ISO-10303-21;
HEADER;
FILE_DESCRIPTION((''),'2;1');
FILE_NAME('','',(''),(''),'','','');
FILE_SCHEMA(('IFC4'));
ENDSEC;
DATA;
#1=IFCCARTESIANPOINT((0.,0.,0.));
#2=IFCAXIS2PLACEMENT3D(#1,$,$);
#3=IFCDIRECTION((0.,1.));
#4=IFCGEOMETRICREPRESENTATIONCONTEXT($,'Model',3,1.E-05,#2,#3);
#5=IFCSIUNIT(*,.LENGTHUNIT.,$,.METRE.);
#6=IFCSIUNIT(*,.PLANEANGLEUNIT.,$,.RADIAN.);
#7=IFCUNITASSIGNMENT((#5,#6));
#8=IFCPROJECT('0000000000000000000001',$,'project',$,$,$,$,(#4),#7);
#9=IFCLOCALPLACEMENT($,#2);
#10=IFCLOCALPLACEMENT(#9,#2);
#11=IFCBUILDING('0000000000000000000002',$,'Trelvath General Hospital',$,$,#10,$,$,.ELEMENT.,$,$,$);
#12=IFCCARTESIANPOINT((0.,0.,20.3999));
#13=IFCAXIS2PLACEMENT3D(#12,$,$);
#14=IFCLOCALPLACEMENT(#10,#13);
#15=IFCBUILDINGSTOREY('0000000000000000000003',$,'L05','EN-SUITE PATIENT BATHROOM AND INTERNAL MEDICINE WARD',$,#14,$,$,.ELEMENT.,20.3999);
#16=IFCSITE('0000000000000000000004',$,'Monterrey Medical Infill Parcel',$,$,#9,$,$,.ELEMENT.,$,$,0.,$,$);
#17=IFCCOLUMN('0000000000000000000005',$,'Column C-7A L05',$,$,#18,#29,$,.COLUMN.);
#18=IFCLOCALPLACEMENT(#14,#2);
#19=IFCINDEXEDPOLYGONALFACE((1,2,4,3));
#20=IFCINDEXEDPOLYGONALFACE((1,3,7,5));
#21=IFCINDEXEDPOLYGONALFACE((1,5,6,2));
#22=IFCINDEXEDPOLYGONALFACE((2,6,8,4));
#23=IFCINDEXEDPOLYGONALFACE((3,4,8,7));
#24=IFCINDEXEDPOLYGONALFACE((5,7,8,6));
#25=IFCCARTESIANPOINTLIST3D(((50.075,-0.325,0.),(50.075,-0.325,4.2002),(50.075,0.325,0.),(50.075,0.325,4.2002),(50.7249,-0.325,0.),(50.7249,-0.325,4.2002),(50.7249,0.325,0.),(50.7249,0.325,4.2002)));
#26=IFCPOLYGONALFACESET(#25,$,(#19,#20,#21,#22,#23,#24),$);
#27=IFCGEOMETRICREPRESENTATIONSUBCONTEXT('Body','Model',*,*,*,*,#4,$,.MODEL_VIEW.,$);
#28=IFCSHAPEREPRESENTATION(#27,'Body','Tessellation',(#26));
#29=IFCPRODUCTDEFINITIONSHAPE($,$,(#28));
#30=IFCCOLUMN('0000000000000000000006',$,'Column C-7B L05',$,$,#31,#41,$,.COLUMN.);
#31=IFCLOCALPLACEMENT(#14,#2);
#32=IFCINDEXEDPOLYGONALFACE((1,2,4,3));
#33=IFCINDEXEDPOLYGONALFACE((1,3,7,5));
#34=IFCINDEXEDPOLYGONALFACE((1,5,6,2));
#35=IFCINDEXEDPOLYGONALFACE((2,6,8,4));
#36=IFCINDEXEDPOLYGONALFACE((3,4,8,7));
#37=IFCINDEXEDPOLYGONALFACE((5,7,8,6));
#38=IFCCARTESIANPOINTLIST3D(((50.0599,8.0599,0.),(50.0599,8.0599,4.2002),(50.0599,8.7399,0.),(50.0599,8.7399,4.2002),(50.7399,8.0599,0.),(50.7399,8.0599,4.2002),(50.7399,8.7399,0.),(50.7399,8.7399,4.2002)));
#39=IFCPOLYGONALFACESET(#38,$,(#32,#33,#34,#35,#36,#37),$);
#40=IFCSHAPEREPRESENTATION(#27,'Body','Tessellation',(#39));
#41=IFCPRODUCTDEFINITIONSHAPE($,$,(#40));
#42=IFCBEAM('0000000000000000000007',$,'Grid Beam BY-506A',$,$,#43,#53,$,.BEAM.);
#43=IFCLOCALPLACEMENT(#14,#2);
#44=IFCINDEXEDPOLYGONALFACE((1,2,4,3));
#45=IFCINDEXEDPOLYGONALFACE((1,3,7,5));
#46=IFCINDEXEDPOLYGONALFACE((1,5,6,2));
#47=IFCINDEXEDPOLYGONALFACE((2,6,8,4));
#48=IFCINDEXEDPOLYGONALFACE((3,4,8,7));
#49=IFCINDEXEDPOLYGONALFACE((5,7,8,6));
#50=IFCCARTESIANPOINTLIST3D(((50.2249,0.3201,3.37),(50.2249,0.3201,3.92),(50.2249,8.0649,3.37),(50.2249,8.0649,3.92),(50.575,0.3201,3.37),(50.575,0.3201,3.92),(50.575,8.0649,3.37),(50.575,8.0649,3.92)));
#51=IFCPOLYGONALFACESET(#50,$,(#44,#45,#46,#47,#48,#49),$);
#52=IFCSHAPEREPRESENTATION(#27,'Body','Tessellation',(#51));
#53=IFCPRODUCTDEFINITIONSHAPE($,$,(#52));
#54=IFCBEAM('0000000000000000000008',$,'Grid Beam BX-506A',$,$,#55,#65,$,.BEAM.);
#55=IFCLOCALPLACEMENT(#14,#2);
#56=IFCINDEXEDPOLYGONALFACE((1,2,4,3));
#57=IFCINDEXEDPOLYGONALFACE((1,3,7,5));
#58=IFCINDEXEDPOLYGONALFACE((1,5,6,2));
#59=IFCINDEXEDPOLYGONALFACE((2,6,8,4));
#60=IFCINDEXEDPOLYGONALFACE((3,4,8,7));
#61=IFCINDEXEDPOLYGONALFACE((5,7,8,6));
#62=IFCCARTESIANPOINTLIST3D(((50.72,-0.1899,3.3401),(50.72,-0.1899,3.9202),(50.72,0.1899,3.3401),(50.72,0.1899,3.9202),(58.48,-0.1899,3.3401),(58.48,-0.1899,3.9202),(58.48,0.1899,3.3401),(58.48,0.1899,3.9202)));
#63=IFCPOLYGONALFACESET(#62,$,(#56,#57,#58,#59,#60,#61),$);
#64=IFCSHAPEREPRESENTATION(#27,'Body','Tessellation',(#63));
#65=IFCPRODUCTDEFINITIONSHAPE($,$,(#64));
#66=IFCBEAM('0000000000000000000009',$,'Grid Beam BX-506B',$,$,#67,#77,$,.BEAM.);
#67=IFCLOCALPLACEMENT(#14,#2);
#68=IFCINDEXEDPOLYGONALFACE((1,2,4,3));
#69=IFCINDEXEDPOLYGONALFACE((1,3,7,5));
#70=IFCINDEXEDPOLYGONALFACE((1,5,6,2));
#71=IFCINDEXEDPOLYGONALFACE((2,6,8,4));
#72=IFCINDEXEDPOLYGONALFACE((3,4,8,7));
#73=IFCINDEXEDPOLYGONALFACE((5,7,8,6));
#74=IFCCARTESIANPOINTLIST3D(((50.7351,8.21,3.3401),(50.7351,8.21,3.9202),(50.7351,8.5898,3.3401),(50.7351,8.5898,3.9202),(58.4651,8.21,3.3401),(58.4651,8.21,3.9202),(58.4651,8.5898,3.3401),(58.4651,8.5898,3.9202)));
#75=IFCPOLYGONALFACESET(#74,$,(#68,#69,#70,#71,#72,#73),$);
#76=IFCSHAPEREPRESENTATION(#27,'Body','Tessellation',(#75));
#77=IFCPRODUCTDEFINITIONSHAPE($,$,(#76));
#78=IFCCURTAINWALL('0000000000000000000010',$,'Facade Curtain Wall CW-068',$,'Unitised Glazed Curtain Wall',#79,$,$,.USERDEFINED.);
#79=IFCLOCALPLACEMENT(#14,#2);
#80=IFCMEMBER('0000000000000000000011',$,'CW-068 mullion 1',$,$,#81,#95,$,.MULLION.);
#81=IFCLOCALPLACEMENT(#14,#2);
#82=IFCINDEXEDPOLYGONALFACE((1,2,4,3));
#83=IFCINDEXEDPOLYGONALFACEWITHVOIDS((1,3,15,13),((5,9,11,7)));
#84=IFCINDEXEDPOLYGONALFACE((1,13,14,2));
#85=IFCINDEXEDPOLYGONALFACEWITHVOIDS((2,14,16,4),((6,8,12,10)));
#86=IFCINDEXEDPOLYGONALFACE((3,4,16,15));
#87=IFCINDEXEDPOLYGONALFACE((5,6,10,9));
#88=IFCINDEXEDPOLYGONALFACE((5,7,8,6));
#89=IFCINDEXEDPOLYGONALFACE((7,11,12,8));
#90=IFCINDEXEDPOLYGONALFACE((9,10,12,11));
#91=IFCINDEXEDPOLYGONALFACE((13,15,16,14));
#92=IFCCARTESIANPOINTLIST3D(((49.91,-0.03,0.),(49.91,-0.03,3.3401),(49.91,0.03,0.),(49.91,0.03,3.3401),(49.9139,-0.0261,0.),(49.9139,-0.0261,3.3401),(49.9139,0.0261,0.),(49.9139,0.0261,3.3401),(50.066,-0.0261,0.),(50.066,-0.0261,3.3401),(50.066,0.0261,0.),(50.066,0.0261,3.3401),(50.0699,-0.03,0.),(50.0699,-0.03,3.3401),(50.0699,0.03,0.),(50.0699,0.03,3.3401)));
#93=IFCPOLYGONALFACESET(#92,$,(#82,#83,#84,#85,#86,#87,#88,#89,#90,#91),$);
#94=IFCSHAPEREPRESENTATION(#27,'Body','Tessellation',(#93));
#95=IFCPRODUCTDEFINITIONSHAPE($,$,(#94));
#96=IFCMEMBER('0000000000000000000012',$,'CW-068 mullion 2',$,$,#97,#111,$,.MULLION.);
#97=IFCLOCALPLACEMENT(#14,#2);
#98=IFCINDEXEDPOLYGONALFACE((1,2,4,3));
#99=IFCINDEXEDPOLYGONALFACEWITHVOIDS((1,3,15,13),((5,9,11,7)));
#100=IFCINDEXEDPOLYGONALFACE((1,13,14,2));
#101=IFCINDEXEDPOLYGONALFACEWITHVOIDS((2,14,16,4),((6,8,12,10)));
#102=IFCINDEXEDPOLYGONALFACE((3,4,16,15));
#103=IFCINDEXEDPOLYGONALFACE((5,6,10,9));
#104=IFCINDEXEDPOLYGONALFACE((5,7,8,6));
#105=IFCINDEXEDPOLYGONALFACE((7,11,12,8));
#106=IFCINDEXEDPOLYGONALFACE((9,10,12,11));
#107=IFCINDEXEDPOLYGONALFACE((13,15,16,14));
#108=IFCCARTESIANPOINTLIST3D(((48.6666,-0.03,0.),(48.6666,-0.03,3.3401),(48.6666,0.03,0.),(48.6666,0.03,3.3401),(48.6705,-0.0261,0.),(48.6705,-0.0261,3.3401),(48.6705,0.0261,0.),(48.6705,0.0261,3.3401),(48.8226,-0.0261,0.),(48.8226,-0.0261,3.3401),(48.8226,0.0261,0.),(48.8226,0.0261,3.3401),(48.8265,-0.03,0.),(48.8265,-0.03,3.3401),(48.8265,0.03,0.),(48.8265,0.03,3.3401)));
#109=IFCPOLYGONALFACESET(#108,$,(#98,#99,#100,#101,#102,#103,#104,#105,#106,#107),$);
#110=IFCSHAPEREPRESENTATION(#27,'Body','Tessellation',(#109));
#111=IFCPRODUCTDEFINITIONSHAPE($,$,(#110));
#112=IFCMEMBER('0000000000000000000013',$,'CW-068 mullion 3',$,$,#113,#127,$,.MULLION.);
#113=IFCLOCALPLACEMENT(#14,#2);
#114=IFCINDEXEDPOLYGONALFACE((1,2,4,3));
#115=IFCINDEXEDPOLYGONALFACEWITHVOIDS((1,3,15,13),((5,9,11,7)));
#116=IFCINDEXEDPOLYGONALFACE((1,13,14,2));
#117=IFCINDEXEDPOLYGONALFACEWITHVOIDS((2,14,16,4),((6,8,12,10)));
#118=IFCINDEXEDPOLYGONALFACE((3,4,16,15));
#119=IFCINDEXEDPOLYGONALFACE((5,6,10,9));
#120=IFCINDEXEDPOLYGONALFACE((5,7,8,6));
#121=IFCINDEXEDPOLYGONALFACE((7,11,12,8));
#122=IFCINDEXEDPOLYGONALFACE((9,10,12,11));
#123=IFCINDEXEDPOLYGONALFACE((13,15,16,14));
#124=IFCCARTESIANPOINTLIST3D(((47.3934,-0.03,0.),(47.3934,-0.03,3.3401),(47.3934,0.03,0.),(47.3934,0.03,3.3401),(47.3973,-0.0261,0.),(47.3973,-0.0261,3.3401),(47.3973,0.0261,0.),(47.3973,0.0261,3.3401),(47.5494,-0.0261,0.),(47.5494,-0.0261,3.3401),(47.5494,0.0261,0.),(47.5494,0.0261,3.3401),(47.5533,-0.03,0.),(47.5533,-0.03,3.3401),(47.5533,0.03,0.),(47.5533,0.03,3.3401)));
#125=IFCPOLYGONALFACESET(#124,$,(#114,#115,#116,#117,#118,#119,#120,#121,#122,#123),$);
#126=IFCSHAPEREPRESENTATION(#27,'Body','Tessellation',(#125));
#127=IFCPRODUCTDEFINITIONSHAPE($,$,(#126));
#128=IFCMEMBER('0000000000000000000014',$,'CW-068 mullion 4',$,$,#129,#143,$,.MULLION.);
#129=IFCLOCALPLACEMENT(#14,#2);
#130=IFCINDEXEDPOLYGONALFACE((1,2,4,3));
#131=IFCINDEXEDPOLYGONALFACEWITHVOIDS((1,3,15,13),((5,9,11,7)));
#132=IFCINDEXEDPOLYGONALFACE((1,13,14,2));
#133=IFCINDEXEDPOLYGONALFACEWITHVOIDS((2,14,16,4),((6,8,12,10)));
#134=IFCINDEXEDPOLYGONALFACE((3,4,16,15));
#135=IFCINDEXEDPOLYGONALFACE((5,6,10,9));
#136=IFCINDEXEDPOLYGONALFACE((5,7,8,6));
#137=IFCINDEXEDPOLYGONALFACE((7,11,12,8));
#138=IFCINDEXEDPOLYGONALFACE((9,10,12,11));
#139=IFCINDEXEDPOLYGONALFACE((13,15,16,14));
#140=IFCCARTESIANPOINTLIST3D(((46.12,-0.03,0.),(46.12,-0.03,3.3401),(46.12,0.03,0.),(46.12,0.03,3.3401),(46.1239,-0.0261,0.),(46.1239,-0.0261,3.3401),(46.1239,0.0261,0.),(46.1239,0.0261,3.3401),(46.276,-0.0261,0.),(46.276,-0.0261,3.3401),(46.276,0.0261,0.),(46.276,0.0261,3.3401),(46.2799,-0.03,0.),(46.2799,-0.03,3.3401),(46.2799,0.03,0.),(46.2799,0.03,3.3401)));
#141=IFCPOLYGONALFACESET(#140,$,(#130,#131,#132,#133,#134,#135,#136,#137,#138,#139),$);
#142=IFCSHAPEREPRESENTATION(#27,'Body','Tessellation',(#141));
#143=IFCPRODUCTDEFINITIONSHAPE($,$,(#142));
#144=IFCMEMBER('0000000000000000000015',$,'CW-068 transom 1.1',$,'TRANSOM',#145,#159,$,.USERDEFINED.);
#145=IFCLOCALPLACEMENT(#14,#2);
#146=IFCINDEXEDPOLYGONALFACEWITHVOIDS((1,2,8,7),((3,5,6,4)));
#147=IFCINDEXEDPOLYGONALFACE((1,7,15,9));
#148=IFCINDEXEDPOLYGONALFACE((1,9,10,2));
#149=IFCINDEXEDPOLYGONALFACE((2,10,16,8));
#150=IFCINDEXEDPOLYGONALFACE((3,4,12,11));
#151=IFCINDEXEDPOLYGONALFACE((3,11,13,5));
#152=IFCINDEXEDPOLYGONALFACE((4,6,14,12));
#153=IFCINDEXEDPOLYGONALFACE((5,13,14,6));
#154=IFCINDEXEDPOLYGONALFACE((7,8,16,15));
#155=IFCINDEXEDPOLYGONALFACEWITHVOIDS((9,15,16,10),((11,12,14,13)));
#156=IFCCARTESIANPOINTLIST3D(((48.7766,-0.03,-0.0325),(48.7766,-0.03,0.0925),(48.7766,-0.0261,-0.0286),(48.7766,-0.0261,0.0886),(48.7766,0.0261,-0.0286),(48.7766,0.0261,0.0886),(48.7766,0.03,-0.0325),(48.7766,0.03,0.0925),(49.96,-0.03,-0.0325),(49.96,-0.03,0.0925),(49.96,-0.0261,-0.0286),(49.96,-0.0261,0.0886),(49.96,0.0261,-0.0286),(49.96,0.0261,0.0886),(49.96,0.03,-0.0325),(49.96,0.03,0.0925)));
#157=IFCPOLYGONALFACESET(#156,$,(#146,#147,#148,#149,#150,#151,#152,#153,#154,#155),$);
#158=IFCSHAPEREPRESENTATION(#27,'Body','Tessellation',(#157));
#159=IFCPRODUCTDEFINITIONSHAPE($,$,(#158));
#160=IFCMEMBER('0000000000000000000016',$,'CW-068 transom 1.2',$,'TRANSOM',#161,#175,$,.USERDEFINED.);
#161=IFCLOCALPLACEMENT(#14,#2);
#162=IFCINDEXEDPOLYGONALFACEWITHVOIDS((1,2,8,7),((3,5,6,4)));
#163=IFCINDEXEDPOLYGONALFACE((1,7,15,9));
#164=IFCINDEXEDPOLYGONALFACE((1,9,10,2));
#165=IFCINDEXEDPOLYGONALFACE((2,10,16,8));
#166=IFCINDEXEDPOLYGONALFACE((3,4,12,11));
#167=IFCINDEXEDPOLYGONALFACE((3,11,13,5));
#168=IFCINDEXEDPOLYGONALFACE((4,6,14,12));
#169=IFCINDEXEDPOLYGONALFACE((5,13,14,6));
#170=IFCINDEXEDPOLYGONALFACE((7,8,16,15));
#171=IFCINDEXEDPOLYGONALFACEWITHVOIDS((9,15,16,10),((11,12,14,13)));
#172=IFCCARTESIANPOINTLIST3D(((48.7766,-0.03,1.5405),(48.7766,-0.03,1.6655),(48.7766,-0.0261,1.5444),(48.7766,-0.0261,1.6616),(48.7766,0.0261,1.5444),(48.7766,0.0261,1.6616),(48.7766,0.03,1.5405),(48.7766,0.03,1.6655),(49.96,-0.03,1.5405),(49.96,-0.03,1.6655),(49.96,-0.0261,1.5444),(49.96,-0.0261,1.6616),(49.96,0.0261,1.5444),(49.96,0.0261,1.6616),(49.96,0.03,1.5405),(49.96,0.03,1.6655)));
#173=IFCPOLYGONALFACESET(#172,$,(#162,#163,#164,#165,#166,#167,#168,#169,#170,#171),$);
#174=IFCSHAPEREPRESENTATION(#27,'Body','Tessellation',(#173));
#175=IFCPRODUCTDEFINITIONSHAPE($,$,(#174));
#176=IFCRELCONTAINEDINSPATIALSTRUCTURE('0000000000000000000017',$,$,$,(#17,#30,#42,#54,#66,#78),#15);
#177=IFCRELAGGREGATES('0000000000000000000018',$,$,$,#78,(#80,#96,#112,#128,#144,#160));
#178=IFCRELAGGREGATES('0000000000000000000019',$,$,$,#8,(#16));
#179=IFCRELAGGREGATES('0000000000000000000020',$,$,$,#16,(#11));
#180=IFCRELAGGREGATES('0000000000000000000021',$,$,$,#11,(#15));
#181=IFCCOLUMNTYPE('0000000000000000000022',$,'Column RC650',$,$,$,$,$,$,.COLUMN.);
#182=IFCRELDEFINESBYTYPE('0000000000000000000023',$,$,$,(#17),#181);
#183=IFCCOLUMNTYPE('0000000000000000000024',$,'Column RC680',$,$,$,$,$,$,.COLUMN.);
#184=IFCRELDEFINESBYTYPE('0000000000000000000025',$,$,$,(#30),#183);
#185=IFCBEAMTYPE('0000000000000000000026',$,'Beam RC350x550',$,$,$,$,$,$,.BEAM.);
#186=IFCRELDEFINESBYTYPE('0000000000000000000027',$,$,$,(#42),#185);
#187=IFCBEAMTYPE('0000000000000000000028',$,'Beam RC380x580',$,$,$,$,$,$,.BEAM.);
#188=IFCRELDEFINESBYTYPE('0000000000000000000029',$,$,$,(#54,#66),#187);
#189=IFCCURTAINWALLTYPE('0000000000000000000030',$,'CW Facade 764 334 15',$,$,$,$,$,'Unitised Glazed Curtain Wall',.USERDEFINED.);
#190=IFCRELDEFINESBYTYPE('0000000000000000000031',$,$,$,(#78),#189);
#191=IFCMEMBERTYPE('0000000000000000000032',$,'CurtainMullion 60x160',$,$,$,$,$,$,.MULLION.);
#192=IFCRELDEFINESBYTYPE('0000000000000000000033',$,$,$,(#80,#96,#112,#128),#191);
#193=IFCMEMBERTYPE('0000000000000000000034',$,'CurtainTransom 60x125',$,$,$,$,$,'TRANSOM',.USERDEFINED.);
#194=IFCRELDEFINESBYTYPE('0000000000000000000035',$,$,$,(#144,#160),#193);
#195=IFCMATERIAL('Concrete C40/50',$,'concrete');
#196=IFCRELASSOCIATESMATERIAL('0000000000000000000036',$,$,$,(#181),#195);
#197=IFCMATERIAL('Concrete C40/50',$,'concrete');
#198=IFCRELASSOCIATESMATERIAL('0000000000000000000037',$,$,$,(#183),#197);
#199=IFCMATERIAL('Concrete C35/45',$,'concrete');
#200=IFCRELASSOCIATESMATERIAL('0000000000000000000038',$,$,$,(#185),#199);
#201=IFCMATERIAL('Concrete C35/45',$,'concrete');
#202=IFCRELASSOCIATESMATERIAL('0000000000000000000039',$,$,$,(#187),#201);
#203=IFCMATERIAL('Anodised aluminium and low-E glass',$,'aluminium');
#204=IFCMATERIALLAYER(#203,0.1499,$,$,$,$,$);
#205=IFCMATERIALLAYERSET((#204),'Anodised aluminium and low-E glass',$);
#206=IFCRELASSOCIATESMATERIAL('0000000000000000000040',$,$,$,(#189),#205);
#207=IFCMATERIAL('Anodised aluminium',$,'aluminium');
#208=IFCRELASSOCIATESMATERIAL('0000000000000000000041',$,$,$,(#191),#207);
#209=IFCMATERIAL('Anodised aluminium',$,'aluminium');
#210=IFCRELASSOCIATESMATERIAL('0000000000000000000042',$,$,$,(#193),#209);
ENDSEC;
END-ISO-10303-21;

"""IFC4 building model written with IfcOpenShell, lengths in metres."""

from ifc_helpers import new_model, si_unit, direction, frame, origin, origin_2d, place, context, subcontext, project, spatial, rectangle, hollow_rectangle, extrude, material, layer, layer_set, material_profile, profile_set, type_object, element, aggregate, save


model = new_model("IFC4")

# Units and contexts
model_context = context("Model", 3, precision=1e-05, world=origin(), true_north=direction((0.0, 1.0)))
body_context = subcontext(model_context, "Body", "Model", "MODEL_VIEW")
ifc_project = project(units=[si_unit("LENGTHUNIT", "METRE"), si_unit("PLANEANGLEUNIT", "RADIAN")], contexts=[model_context])

# Site, building, storey
site_placement = place(None, origin())
site = spatial("IfcSite", under=ifc_project, at=site_placement, Name="Monterrey Medical Infill Parcel", CompositionType="ELEMENT", RefElevation=0.0)
building_placement = place(site_placement, origin())
building = spatial("IfcBuilding", under=site, at=building_placement, Name="Trelvath General Hospital", CompositionType="ELEMENT")
storey_placement = place(building_placement, frame((0.0, 0.0, 20.3999)))
storey = spatial("IfcBuildingStorey", under=building, at=storey_placement, Name="L05", Description="EN-SUITE PATIENT BATHROOM AND INTERNAL MEDICINE WARD", CompositionType="ELEMENT", Elevation=20.3999)

# Columns
ifc_material_1 = material(Name="Concrete C40/50", Category="concrete")
ifc_material_profile_1 = material_profile(ifc_material_1, rectangle(XDim=0.6499, YDim=0.6499, at=origin_2d()), Name="RC650x650")
ifc_profile_set_1 = profile_set([ifc_material_profile_1], Name="Concrete C40/50")
column_type_1 = type_object("IfcColumnType", Name="Column RC650", PredefinedType="COLUMN", material=ifc_profile_set_1)
column_1_placement = place(storey_placement, frame((50.3999, 0.0, 0.0), z_axis=(0.0, 0.0, 1.0), x_axis=(1.0, 0.0, 0.0)))
element("IfcColumn", 1, at=column_1_placement, inside=storey, type_object=column_type_1, Name="Column C-7A L05", PredefinedType="COLUMN", context=body_context, shape_type="SweptSolid", body=[
    extrude(rectangle(XDim=0.6499, YDim=0.6499, at=origin_2d()), origin(), (0.0, 0.0, 1.0), 4.2002),
])
ifc_material_2 = material(Name="Concrete C40/50", Category="concrete")
ifc_material_profile_2 = material_profile(ifc_material_2, rectangle(XDim=0.6799, YDim=0.6799, at=origin_2d()), Name="RC680x680")
ifc_profile_set_2 = profile_set([ifc_material_profile_2], Name="Concrete C40/50")
column_type_2 = type_object("IfcColumnType", Name="Column RC680", PredefinedType="COLUMN", material=ifc_profile_set_2)
column_2_placement = place(storey_placement, frame((50.3999, 8.3999, 0.0), z_axis=(0.0, 0.0, 1.0), x_axis=(1.0, 0.0, 0.0)))
element("IfcColumn", 2, at=column_2_placement, inside=storey, type_object=column_type_2, Name="Column C-7B L05", PredefinedType="COLUMN", context=body_context, shape_type="SweptSolid", body=[
    extrude(rectangle(XDim=0.6799, YDim=0.6799, at=origin_2d()), origin(), (0.0, 0.0, 1.0), 4.2002),
])

# Beams
ifc_material_3 = material(Name="Concrete C35/45", Category="concrete")
ifc_material_profile_3 = material_profile(ifc_material_3, rectangle(XDim=0.3501, YDim=0.55, at=origin_2d()), Name="RCB350x550")
ifc_profile_set_3 = profile_set([ifc_material_profile_3], Name="Concrete C35/45")
beam_type_1 = type_object("IfcBeamType", Name="Beam RC350x550", PredefinedType="BEAM", material=ifc_profile_set_3)
beam_1_placement = place(storey_placement, frame((50.3999, 0.3201, 3.645), z_axis=(0.0, 1.0, 0.0), x_axis=(-1.0, 0.0, 0.0)))
element("IfcBeam", 3, at=beam_1_placement, inside=storey, type_object=beam_type_1, Name="Grid Beam BY-506A", PredefinedType="BEAM", context=body_context, shape_type="SweptSolid", body=[
    extrude(rectangle(XDim=0.3501, YDim=0.55, at=origin_2d()), origin(), (0.0, 0.0, 1.0), 7.7449),
])
ifc_material_4 = material(Name="Concrete C35/45", Category="concrete")
ifc_material_profile_4 = material_profile(ifc_material_4, rectangle(XDim=0.3799, YDim=0.5801, at=origin_2d()), Name="RCB380x580")
ifc_profile_set_4 = profile_set([ifc_material_profile_4], Name="Concrete C35/45")
beam_type_2 = type_object("IfcBeamType", Name="Beam RC380x580", PredefinedType="BEAM", material=ifc_profile_set_4)
beam_2_placement = place(storey_placement, frame((50.72, 0.0, 3.6301), z_axis=(1.0, 0.0, 0.0), x_axis=(0.0, 1.0, 0.0)))
element("IfcBeam", 4, at=beam_2_placement, inside=storey, type_object=beam_type_2, Name="Grid Beam BX-506A", PredefinedType="BEAM", context=body_context, shape_type="SweptSolid", body=[
    extrude(rectangle(XDim=0.3799, YDim=0.5801, at=origin_2d()), origin(), (0.0, 0.0, 1.0), 7.76),
])
beam_3_placement = place(storey_placement, frame((50.7351, 8.3999, 3.6301), z_axis=(1.0, 0.0, 0.0), x_axis=(0.0, 1.0, 0.0)))
element("IfcBeam", 5, at=beam_3_placement, inside=storey, type_object=beam_type_2, Name="Grid Beam BX-506B", PredefinedType="BEAM", context=body_context, shape_type="SweptSolid", body=[
    extrude(rectangle(XDim=0.3799, YDim=0.5801, at=origin_2d()), origin(), (0.0, 0.0, 1.0), 7.73),
])

# Curtain wall, members
ifc_material_5 = material(Name="Anodised aluminium and low-E glass", Category="aluminium")
ifc_layer_1 = layer(ifc_material_5, 0.1499)
ifc_layer_set_1 = layer_set([ifc_layer_1], Name="Anodised aluminium and low-E glass")
curtain_wall_type = type_object("IfcCurtainWallType", Name="CW Facade 764 334 15", ElementType="Unitised Glazed Curtain Wall", PredefinedType="USERDEFINED", material=ifc_layer_set_1)
curtain_wall_placement = place(storey_placement, origin())
curtain_wall = element("IfcCurtainWall", 6, at=curtain_wall_placement, inside=storey, type_object=curtain_wall_type, Name="Facade Curtain Wall CW-068", ObjectType="Unitised Glazed Curtain Wall", PredefinedType="USERDEFINED")
ifc_material_6 = material(Name="Anodised aluminium", Category="aluminium")
ifc_material_profile_5 = material_profile(ifc_material_6, hollow_rectangle(XDim=0.0601, YDim=0.1599, WallThickness=0.0039, at=origin_2d()), Name="RHS60x160x4")
ifc_profile_set_5 = profile_set([ifc_material_profile_5], Name="Anodised aluminium")
member_type_1 = type_object("IfcMemberType", Name="CurtainMullion 60x160", PredefinedType="MULLION", material=ifc_profile_set_5)
member_1_placement = place(storey_placement, frame((49.99, 0.0, 0.0), z_axis=(0.0, 0.0, 1.0), x_axis=(0.0, -1.0, 0.0)))
member_1 = element("IfcMember", 7, at=member_1_placement, type_object=member_type_1, Name="CW-068 mullion 1", PredefinedType="MULLION", context=body_context, shape_type="SweptSolid", body=[
    extrude(hollow_rectangle(XDim=0.0601, YDim=0.1599, WallThickness=0.0039, at=origin_2d()), origin(), (0.0, 0.0, 1.0), 3.3401),
])
member_2_placement = place(storey_placement, frame((48.7466, 0.0, 0.0), z_axis=(0.0, 0.0, 1.0), x_axis=(0.0, -1.0, 0.0)))
member_2 = element("IfcMember", 8, at=member_2_placement, type_object=member_type_1, Name="CW-068 mullion 2", PredefinedType="MULLION", context=body_context, shape_type="SweptSolid", body=[
    extrude(hollow_rectangle(XDim=0.0601, YDim=0.1599, WallThickness=0.0039, at=origin_2d()), origin(), (0.0, 0.0, 1.0), 3.3401),
])
member_3_placement = place(storey_placement, frame((47.4734, 0.0, 0.0), z_axis=(0.0, 0.0, 1.0), x_axis=(0.0, -1.0, 0.0)))
member_3 = element("IfcMember", 9, at=member_3_placement, type_object=member_type_1, Name="CW-068 mullion 3", PredefinedType="MULLION", context=body_context, shape_type="SweptSolid", body=[
    extrude(hollow_rectangle(XDim=0.0601, YDim=0.1599, WallThickness=0.0039, at=origin_2d()), origin(), (0.0, 0.0, 1.0), 3.3401),
])
member_4_placement = place(storey_placement, frame((46.2, 0.0, 0.0), z_axis=(0.0, 0.0, 1.0), x_axis=(0.0, -1.0, 0.0)))
member_4 = element("IfcMember", 10, at=member_4_placement, type_object=member_type_1, Name="CW-068 mullion 4", PredefinedType="MULLION", context=body_context, shape_type="SweptSolid", body=[
    extrude(hollow_rectangle(XDim=0.0601, YDim=0.1599, WallThickness=0.0039, at=origin_2d()), origin(), (0.0, 0.0, 1.0), 3.3401),
])
ifc_material_7 = material(Name="Anodised aluminium", Category="aluminium")
ifc_material_profile_6 = material_profile(ifc_material_7, hollow_rectangle(XDim=0.0601, YDim=0.125, WallThickness=0.0039, at=origin_2d()), Name="RHS60x125x4")
ifc_profile_set_6 = profile_set([ifc_material_profile_6], Name="Anodised aluminium")
member_type_2 = type_object("IfcMemberType", Name="CurtainTransom 60x125", ElementType="TRANSOM", PredefinedType="USERDEFINED", material=ifc_profile_set_6)
member_5_placement = place(storey_placement, frame((49.96, 0.0, 0.03), z_axis=(-1.0, 0.0, 0.0), x_axis=(0.0, -1.0, 0.0)))
member_5 = element("IfcMember", 11, at=member_5_placement, type_object=member_type_2, Name="CW-068 transom 1.1", ObjectType="TRANSOM", PredefinedType="USERDEFINED", context=body_context, shape_type="SweptSolid", body=[
    extrude(hollow_rectangle(XDim=0.0601, YDim=0.125, WallThickness=0.0039, at=origin_2d()), origin(), (0.0, 0.0, 1.0), 1.1833),
])
member_6_placement = place(storey_placement, frame((49.96, 0.0, 1.603), z_axis=(-1.0, 0.0, 0.0), x_axis=(0.0, -1.0, 0.0)))
member_6 = element("IfcMember", 12, at=member_6_placement, type_object=member_type_2, Name="CW-068 transom 1.2", ObjectType="TRANSOM", PredefinedType="USERDEFINED", context=body_context, shape_type="SweptSolid", body=[
    extrude(hollow_rectangle(XDim=0.0601, YDim=0.125, WallThickness=0.0039, at=origin_2d()), origin(), (0.0, 0.0, 1.0), 1.1833),
])
aggregate(curtain_wall, [member_1, member_2, member_3, member_4, member_5, member_6])

save(model, "model.ifc")
